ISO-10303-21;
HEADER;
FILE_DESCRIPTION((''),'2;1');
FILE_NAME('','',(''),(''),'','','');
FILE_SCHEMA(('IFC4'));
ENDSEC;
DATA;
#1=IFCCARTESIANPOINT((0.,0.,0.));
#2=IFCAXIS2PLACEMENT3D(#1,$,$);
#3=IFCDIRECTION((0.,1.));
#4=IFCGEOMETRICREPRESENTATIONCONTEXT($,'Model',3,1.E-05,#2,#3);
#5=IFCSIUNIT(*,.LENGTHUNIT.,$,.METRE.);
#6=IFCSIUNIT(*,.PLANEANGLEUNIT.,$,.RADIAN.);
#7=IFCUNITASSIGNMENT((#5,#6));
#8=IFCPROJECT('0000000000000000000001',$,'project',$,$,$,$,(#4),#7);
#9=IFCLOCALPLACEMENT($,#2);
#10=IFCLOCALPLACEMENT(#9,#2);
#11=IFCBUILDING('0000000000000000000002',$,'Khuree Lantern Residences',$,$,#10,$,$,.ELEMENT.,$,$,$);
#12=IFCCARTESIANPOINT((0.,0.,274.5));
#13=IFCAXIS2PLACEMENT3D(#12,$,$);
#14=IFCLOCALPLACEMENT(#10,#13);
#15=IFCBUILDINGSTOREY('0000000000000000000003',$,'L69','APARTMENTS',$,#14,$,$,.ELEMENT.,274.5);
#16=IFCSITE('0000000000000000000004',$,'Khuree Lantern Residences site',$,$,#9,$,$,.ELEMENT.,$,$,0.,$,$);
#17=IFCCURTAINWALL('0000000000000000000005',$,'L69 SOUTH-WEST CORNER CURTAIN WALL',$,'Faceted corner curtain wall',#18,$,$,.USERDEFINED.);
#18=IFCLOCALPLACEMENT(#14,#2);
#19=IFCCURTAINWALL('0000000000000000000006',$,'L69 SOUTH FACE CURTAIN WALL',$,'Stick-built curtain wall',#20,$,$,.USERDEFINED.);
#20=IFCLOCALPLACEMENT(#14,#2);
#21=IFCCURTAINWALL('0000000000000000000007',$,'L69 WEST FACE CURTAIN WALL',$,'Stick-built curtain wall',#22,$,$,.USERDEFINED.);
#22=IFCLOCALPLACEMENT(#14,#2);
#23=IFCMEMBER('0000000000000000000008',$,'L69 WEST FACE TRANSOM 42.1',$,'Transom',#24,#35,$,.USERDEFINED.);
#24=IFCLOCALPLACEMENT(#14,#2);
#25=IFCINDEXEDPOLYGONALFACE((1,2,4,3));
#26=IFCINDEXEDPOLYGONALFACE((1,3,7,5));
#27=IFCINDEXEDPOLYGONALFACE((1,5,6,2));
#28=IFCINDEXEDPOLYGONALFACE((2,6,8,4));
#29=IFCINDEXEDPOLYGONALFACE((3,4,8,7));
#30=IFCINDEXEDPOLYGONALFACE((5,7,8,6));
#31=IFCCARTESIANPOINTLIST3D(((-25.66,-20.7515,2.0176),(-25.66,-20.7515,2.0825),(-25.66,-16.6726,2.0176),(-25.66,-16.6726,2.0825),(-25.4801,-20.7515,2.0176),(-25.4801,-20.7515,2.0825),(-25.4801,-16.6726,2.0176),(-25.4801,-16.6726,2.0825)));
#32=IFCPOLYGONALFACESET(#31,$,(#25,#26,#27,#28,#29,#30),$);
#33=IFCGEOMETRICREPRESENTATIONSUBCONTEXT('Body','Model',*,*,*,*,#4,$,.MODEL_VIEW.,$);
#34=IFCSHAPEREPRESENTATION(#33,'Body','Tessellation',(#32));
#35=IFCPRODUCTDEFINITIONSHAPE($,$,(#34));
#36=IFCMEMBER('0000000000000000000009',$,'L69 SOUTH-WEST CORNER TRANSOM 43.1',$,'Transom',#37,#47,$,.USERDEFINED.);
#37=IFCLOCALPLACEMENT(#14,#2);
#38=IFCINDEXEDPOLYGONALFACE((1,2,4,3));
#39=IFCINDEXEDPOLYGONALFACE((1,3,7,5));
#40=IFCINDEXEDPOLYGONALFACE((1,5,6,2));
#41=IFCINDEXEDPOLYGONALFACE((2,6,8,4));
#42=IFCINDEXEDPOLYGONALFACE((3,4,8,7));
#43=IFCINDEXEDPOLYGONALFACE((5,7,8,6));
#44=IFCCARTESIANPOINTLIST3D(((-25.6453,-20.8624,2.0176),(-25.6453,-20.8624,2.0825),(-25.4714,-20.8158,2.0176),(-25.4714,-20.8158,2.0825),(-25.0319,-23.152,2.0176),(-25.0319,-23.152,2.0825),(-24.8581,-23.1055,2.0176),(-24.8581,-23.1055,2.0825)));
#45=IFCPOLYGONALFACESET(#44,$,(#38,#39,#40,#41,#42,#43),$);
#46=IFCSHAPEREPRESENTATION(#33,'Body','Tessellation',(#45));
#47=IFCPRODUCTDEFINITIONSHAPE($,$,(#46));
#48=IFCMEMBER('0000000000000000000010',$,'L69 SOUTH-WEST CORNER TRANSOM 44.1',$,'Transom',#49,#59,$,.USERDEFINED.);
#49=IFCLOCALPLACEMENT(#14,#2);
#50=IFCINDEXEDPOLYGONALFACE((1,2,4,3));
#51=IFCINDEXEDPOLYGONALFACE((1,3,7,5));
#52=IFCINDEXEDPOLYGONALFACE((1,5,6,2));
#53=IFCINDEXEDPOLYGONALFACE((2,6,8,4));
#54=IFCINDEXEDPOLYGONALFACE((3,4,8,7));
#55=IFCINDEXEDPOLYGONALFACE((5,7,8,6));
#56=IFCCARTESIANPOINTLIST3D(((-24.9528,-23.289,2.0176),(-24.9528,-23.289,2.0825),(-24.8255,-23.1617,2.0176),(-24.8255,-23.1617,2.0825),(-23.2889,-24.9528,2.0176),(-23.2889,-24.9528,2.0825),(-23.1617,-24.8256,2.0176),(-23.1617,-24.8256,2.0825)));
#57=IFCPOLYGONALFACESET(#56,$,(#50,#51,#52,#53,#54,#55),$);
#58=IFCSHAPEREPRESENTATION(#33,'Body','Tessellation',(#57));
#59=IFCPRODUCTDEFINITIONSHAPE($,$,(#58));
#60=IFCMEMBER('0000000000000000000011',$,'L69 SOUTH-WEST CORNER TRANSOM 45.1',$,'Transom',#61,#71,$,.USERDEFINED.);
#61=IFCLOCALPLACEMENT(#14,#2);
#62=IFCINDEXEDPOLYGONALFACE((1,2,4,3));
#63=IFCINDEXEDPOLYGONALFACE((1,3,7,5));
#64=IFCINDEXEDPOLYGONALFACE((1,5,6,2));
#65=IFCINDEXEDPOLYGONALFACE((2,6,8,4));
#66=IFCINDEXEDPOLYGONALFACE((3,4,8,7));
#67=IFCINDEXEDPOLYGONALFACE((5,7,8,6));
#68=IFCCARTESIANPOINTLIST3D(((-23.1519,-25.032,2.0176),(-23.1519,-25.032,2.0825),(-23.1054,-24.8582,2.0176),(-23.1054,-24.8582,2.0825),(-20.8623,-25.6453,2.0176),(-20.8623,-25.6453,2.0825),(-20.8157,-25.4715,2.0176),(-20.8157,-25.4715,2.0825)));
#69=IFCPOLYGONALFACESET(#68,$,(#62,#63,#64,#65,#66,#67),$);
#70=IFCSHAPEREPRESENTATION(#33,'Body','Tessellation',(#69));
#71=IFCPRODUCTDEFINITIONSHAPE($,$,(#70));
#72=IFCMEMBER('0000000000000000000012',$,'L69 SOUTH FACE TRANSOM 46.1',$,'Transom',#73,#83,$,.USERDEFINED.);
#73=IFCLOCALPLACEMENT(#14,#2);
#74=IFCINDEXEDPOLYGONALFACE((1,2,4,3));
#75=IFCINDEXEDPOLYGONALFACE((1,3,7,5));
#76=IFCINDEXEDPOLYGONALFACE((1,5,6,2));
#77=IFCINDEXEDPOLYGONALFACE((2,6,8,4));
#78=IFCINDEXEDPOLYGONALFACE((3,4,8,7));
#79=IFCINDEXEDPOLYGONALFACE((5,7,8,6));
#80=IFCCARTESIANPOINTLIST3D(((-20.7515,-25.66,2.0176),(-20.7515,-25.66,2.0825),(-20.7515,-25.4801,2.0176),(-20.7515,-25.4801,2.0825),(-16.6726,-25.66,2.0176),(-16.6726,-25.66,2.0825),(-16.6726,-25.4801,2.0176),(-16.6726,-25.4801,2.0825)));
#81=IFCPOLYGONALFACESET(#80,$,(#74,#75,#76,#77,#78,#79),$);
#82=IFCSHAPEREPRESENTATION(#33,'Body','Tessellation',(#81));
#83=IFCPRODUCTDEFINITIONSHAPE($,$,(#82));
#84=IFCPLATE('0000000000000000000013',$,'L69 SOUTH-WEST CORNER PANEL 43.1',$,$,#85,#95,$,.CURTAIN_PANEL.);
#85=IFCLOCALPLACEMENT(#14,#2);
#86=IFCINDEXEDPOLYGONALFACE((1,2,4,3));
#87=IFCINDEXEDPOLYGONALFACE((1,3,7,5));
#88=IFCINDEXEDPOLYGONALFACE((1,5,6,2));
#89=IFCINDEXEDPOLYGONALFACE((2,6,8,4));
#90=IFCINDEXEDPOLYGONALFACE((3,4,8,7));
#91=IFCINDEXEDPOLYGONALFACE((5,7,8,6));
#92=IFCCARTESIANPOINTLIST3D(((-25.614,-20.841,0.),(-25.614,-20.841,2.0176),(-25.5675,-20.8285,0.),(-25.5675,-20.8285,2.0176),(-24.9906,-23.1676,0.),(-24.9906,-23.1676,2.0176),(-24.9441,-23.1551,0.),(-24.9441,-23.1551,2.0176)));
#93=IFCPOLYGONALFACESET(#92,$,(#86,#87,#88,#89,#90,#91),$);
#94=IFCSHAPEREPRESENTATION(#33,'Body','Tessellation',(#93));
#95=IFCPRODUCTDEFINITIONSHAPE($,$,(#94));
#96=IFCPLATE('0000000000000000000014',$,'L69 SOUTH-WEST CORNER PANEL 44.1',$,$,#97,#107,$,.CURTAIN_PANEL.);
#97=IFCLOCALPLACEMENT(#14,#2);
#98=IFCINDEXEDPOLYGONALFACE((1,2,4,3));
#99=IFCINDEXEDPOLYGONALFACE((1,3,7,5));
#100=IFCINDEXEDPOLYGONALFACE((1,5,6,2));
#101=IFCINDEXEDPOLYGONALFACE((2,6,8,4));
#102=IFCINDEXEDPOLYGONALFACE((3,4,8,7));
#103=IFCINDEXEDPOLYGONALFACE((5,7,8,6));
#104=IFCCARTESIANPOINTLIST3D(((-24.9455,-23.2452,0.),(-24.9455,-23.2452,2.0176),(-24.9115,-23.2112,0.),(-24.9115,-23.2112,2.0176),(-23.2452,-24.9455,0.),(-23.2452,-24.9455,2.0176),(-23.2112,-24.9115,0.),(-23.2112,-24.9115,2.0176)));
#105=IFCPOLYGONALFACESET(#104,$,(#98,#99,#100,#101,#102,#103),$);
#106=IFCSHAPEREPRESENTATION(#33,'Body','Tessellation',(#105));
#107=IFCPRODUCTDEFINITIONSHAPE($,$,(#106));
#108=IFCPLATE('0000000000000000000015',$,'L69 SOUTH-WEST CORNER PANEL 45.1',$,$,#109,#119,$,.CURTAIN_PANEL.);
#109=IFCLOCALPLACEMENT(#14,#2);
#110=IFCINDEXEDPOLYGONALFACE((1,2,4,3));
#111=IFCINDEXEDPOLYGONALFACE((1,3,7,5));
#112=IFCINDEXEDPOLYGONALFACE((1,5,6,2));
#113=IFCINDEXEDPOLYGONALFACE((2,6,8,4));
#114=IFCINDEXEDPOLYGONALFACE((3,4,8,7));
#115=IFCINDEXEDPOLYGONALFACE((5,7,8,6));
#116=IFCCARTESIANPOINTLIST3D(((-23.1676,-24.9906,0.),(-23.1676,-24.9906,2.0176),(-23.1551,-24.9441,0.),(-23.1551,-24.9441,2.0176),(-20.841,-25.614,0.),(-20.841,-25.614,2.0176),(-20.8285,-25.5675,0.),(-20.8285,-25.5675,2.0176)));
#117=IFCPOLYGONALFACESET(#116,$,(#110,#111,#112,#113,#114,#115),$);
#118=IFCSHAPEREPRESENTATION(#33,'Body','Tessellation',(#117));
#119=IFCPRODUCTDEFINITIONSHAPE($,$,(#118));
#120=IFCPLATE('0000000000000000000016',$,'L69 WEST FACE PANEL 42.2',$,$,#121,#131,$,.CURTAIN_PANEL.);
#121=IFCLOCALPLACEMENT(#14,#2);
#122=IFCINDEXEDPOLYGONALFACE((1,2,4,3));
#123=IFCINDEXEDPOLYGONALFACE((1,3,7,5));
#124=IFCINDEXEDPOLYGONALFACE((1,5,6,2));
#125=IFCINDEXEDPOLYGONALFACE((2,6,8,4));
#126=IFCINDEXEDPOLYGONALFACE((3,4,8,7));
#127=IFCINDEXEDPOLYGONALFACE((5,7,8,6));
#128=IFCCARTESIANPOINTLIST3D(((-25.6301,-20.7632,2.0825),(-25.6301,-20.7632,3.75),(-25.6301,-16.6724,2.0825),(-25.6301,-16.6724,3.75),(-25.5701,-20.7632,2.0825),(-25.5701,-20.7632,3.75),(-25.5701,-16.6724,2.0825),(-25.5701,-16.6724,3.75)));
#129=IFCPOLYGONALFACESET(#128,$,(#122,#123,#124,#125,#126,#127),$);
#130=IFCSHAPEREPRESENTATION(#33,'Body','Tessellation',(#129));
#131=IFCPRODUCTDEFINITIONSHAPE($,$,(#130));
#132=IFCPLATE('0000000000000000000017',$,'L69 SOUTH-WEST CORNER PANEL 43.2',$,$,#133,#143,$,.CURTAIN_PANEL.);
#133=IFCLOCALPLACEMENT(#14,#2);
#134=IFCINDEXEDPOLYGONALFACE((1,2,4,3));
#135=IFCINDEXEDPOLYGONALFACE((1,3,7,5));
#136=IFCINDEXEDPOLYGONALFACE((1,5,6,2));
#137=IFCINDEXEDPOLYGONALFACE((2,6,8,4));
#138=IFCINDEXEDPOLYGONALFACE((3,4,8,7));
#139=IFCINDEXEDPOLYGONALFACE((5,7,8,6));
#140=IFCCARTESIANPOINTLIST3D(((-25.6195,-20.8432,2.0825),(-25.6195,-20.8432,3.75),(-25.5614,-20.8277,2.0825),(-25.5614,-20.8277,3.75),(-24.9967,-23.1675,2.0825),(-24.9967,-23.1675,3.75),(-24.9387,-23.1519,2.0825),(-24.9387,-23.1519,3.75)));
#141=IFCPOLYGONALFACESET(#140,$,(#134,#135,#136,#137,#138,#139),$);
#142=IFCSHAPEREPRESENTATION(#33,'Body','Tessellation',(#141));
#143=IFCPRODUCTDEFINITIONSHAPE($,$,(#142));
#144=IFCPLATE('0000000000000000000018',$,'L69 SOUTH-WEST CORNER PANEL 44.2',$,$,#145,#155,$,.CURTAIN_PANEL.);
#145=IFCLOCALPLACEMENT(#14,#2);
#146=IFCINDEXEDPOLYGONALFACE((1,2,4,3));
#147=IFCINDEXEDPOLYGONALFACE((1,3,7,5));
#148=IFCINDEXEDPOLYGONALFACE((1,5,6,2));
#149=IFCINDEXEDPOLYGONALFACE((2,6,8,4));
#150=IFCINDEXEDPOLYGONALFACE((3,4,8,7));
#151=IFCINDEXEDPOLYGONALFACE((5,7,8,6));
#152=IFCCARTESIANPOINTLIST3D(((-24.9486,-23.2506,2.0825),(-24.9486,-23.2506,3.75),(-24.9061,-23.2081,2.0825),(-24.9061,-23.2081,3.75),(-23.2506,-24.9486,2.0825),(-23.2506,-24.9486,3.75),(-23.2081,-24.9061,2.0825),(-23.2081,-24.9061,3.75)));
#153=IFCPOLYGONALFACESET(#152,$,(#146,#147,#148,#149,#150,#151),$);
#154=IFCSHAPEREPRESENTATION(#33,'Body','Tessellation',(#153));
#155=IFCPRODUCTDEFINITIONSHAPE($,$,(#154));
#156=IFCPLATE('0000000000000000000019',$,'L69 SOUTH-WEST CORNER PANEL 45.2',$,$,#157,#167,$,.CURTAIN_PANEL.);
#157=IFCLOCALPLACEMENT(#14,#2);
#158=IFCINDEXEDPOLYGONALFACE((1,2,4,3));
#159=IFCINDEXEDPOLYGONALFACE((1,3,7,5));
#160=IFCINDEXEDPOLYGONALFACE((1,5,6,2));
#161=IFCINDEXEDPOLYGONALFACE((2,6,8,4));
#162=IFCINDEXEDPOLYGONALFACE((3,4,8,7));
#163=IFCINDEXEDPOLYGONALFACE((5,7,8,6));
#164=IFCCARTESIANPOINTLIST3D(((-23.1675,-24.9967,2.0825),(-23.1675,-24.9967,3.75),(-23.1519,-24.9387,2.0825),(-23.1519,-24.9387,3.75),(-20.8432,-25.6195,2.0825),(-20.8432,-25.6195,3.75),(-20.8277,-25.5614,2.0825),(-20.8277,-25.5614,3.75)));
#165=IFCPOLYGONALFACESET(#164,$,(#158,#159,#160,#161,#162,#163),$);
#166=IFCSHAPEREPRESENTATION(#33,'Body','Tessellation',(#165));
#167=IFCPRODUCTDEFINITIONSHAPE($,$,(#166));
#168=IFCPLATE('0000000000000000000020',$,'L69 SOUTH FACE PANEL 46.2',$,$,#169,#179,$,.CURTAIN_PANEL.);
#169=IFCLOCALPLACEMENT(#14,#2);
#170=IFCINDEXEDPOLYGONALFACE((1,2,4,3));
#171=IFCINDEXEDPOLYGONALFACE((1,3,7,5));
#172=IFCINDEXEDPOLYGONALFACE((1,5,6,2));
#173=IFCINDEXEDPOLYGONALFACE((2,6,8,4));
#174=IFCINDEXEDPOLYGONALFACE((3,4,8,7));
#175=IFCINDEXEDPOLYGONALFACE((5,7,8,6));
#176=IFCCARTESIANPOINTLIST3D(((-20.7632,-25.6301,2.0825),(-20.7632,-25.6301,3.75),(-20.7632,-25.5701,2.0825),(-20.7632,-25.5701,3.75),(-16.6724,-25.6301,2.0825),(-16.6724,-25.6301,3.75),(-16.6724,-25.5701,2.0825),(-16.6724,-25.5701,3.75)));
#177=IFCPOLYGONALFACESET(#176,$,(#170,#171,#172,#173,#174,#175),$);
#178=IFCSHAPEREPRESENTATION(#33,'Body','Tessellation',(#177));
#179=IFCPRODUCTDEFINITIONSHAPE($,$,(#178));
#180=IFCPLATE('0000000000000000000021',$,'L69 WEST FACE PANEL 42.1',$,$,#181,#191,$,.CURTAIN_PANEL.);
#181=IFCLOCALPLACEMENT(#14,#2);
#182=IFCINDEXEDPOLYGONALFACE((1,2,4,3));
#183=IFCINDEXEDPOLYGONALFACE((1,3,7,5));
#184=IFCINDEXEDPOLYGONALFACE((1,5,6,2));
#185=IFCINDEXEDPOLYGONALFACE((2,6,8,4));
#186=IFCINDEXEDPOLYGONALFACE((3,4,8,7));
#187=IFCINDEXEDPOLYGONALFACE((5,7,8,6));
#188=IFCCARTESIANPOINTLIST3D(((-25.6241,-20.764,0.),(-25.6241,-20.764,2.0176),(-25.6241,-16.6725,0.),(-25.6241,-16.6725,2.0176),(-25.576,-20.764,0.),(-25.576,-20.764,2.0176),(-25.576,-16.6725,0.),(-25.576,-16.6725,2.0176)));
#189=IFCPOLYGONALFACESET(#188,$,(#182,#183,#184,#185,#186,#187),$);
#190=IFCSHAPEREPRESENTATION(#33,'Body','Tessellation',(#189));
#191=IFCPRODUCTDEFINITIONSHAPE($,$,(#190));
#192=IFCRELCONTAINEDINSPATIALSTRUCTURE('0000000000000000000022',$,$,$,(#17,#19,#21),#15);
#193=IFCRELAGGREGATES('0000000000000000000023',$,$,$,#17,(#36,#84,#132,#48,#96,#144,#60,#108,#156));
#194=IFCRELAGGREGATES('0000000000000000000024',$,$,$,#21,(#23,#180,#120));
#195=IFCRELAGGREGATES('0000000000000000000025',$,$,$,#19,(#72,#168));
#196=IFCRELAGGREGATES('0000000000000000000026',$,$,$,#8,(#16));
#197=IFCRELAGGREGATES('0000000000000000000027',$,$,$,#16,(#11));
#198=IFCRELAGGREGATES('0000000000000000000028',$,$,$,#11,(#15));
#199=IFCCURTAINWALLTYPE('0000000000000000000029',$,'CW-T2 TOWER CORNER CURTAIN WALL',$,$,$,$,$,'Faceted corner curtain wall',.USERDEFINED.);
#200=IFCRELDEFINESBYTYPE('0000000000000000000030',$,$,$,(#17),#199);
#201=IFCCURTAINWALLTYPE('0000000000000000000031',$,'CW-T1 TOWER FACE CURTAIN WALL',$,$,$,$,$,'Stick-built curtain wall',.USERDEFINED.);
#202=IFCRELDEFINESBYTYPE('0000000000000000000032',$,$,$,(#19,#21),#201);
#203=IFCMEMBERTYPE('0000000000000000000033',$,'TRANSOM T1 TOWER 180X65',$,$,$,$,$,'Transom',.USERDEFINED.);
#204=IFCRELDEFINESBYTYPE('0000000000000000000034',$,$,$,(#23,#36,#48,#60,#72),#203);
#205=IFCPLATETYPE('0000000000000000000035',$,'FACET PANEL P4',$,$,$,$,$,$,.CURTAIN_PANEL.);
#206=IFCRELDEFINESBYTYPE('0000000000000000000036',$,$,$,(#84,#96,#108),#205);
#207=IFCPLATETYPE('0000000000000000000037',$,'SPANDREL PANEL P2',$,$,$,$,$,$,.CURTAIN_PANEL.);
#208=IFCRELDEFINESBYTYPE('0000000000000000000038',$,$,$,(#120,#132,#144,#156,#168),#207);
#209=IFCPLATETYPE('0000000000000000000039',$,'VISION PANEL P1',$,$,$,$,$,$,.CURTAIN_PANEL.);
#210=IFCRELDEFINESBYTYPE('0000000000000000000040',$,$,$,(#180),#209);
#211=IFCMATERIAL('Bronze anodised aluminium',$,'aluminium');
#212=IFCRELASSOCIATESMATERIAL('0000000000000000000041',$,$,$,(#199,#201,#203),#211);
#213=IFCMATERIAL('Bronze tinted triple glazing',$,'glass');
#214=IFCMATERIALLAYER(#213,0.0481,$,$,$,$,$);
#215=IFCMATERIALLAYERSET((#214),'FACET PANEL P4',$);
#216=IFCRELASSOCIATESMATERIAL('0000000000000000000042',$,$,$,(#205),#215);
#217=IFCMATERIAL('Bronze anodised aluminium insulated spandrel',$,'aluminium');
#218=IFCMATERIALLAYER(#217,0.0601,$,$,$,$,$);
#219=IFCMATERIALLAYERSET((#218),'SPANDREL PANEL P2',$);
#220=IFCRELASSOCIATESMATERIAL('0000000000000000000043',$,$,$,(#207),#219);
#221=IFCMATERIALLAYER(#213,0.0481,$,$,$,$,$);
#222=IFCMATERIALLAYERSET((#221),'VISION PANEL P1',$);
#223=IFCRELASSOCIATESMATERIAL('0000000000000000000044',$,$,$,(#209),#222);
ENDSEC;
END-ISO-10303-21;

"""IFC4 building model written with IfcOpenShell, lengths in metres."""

from ifc_helpers import new_model, si_unit, direction, frame, origin, origin_2d, place, context, subcontext, project, spatial, rectangle, extrude, material, layer, layer_set, material_profile, profile_set, type_object, element, aggregate, save


model = new_model("IFC4")

# Units and contexts
model_context = context("Model", 3, precision=1e-05, world=origin(), true_north=direction((0.0, 1.0)))
body_context = subcontext(model_context, "Body", "Model", "MODEL_VIEW")
ifc_project = project(units=[si_unit("LENGTHUNIT", "METRE"), si_unit("PLANEANGLEUNIT", "RADIAN")], contexts=[model_context])

# Site, building, storey
site_placement = place(None, origin())
site = spatial("IfcSite", under=ifc_project, at=site_placement, Name="Khuree Lantern Residences site", CompositionType="ELEMENT", RefElevation=0.0)
building_placement = place(site_placement, origin())
building = spatial("IfcBuilding", under=site, at=building_placement, Name="Khuree Lantern Residences", CompositionType="ELEMENT")
storey_placement = place(building_placement, frame((0.0, 0.0, 274.5)))
storey = spatial("IfcBuildingStorey", under=building, at=storey_placement, Name="L69", Description="APARTMENTS", CompositionType="ELEMENT", Elevation=274.5)

# Curtain walls
ifc_material_1 = material(Name="Bronze anodised aluminium", Category="aluminium")
curtain_wall_type_1 = type_object("IfcCurtainWallType", Name="CW-T2 TOWER CORNER CURTAIN WALL", ElementType="Faceted corner curtain wall", PredefinedType="USERDEFINED", material=ifc_material_1)
curtain_wall_1_placement = place(storey_placement, origin())
curtain_wall_1 = element("IfcCurtainWall", 1, at=curtain_wall_1_placement, inside=storey, type_object=curtain_wall_type_1, Name="L69 SOUTH-WEST CORNER CURTAIN WALL", ObjectType="Faceted corner curtain wall", PredefinedType="USERDEFINED")
curtain_wall_type_2 = type_object("IfcCurtainWallType", Name="CW-T1 TOWER FACE CURTAIN WALL", ElementType="Stick-built curtain wall", PredefinedType="USERDEFINED", material=ifc_material_1)
curtain_wall_2_placement = place(storey_placement, origin())
curtain_wall_2 = element("IfcCurtainWall", 2, at=curtain_wall_2_placement, inside=storey, type_object=curtain_wall_type_2, Name="L69 SOUTH FACE CURTAIN WALL", ObjectType="Stick-built curtain wall", PredefinedType="USERDEFINED")

# Curtain wall
curtain_wall_3_placement = place(storey_placement, origin())
curtain_wall_3 = element("IfcCurtainWall", 3, at=curtain_wall_3_placement, inside=storey, type_object=curtain_wall_type_2, Name="L69 WEST FACE CURTAIN WALL", ObjectType="Stick-built curtain wall", PredefinedType="USERDEFINED")

# Members
ifc_material_profile_1 = material_profile(ifc_material_1, rectangle(XDim=0.1799, YDim=0.0649, at=origin_2d()), Name="T1 180X65")
ifc_profile_set_1 = profile_set([ifc_material_profile_1], Name="Bronze anodised aluminium")
member_type_1 = type_object("IfcMemberType", Name="TRANSOM T1 TOWER 180X65", ElementType="Transom", PredefinedType="USERDEFINED", material=ifc_profile_set_1)
member_1_placement = place(storey_placement, frame((-25.5701, -16.6726, 2.05), z_axis=(0.0, -1.0, 0.0), x_axis=(1.0, 0.0, 0.0)))
member_1 = element("IfcMember", 4, at=member_1_placement, type_object=member_type_1, Name="L69 WEST FACE TRANSOM 42.1", ObjectType="Transom", PredefinedType="USERDEFINED", context=body_context, shape_type="SweptSolid", body=[
    extrude(rectangle(XDim=0.1799, YDim=0.0649, at=origin_2d()), origin(), (0.0, 0.0, 1.0), 4.0789),
])
member_2_placement = place(storey_placement, frame((-25.5583, -20.8391, 2.05), z_axis=(0.25874, -0.965947, 0.0), x_axis=(0.965947, 0.25874, 0.0)))
member_2 = element("IfcMember", 5, at=member_2_placement, type_object=member_type_1, Name="L69 SOUTH-WEST CORNER TRANSOM 43.1", ObjectType="Transom", PredefinedType="USERDEFINED", context=body_context, shape_type="SweptSolid", body=[
    extrude(rectangle(XDim=0.1799, YDim=0.0649, at=origin_2d()), origin(), (0.0, 0.0, 1.0), 2.3704),
])
member_3_placement = place(storey_placement, frame((-24.8892, -23.2253, 2.05), z_axis=(0.707107, -0.707107, 0.0), x_axis=(0.707107, 0.707107, 0.0)))
member_3 = element("IfcMember", 6, at=member_3_placement, type_object=member_type_1, Name="L69 SOUTH-WEST CORNER TRANSOM 44.1", ObjectType="Transom", PredefinedType="USERDEFINED", context=body_context, shape_type="SweptSolid", body=[
    extrude(rectangle(XDim=0.1799, YDim=0.0649, at=origin_2d()), origin(), (0.0, 0.0, 1.0), 2.353),
])
member_4_placement = place(storey_placement, frame((-23.1287, -24.9451, 2.05), z_axis=(0.965947, -0.25874, 0.0), x_axis=(0.25874, 0.965947, 0.0)))
member_4 = element("IfcMember", 7, at=member_4_placement, type_object=member_type_1, Name="L69 SOUTH-WEST CORNER TRANSOM 45.1", ObjectType="Transom", PredefinedType="USERDEFINED", context=body_context, shape_type="SweptSolid", body=[
    extrude(rectangle(XDim=0.1799, YDim=0.0649, at=origin_2d()), origin(), (0.0, 0.0, 1.0), 2.3704),
])
member_5_placement = place(storey_placement, frame((-20.7515, -25.5701, 2.05), z_axis=(1.0, 0.0, 0.0), x_axis=(0.0, 1.0, 0.0)))
member_5 = element("IfcMember", 8, at=member_5_placement, type_object=member_type_1, Name="L69 SOUTH FACE TRANSOM 46.1", ObjectType="Transom", PredefinedType="USERDEFINED", context=body_context, shape_type="SweptSolid", body=[
    extrude(rectangle(XDim=0.1799, YDim=0.0649, at=origin_2d()), origin(), (0.0, 0.0, 1.0), 4.0789),
])

# Plates
ifc_material_2 = material(Name="Bronze tinted triple glazing", Category="glass")
ifc_layer_1 = layer(ifc_material_2, 0.0481)
ifc_layer_set_1 = layer_set([ifc_layer_1], Name="FACET PANEL P4")
plate_type_1 = type_object("IfcPlateType", Name="FACET PANEL P4", PredefinedType="CURTAIN_PANEL", material=ifc_layer_set_1)
plate_1_placement = place(storey_placement, frame((-25.2791, -21.998, 0.0), z_axis=(0.0, 0.0, 1.0), x_axis=(0.258819, -0.965926, 0.0)))
plate_1 = element("IfcPlate", 9, at=plate_1_placement, type_object=plate_type_1, Name="L69 SOUTH-WEST CORNER PANEL 43.1", PredefinedType="CURTAIN_PANEL", context=body_context, shape_type="SweptSolid", body=[
    extrude(rectangle(XDim=2.4087, YDim=0.0481, at=origin_2d()), origin(), (0.0, 0.0, 1.0), 2.0176),
])
plate_2_placement = place(storey_placement, frame((-24.0784, -24.0784, 0.0), z_axis=(0.0, 0.0, 1.0), x_axis=(0.707107, -0.707107, 0.0)))
plate_2 = element("IfcPlate", 10, at=plate_2_placement, type_object=plate_type_1, Name="L69 SOUTH-WEST CORNER PANEL 44.1", PredefinedType="CURTAIN_PANEL", context=body_context, shape_type="SweptSolid", body=[
    extrude(rectangle(XDim=2.4045, YDim=0.0481, at=origin_2d()), origin(), (0.0, 0.0, 1.0), 2.0176),
])
plate_3_placement = place(storey_placement, frame((-21.998, -25.2791, 0.0), z_axis=(0.0, 0.0, 1.0), x_axis=(0.965926, -0.258819, 0.0)))
plate_3 = element("IfcPlate", 11, at=plate_3_placement, type_object=plate_type_1, Name="L69 SOUTH-WEST CORNER PANEL 45.1", PredefinedType="CURTAIN_PANEL", context=body_context, shape_type="SweptSolid", body=[
    extrude(rectangle(XDim=2.4087, YDim=0.0481, at=origin_2d()), origin(), (0.0, 0.0, 1.0), 2.0176),
])
ifc_material_3 = material(Name="Bronze anodised aluminium insulated spandrel", Category="aluminium")
ifc_layer_2 = layer(ifc_material_3, 0.0601)
ifc_layer_set_2 = layer_set([ifc_layer_2], Name="SPANDREL PANEL P2")
plate_type_2 = type_object("IfcPlateType", Name="SPANDREL PANEL P2", PredefinedType="CURTAIN_PANEL", material=ifc_layer_set_2)
plate_4_placement = place(storey_placement, frame((-25.6001, -18.7178, 2.0825), z_axis=(0.0, 0.0, 1.0), x_axis=(0.0, -1.0, 0.0)))
plate_4 = element("IfcPlate", 12, at=plate_4_placement, type_object=plate_type_2, Name="L69 WEST FACE PANEL 42.2", PredefinedType="CURTAIN_PANEL", context=body_context, shape_type="SweptSolid", body=[
    extrude(rectangle(XDim=4.0908, YDim=0.0601, at=origin_2d()), origin(), (0.0, 0.0, 1.0), 1.6675),
])
plate_5_placement = place(storey_placement, frame((-25.2791, -21.9976, 2.0825), z_axis=(0.0, 0.0, 1.0), x_axis=(0.258819, -0.965926, 0.0)))
plate_5 = element("IfcPlate", 13, at=plate_5_placement, type_object=plate_type_2, Name="L69 SOUTH-WEST CORNER PANEL 43.2", PredefinedType="CURTAIN_PANEL", context=body_context, shape_type="SweptSolid", body=[
    extrude(rectangle(XDim=2.4062, YDim=0.0601, at=origin_2d()), origin(), (0.0, 0.0, 1.0), 1.6675),
])
plate_6_placement = place(storey_placement, frame((-24.0784, -24.0784, 2.0825), z_axis=(0.0, 0.0, 1.0), x_axis=(0.707107, -0.707107, 0.0)))
plate_6 = element("IfcPlate", 14, at=plate_6_placement, type_object=plate_type_2, Name="L69 SOUTH-WEST CORNER PANEL 44.2", PredefinedType="CURTAIN_PANEL", context=body_context, shape_type="SweptSolid", body=[
    extrude(rectangle(XDim=2.4014, YDim=0.0601, at=origin_2d()), origin(), (0.0, 0.0, 1.0), 1.6675),
])
plate_7_placement = place(storey_placement, frame((-21.9976, -25.2791, 2.0825), z_axis=(0.0, 0.0, 1.0), x_axis=(0.965926, -0.258819, 0.0)))
plate_7 = element("IfcPlate", 15, at=plate_7_placement, type_object=plate_type_2, Name="L69 SOUTH-WEST CORNER PANEL 45.2", PredefinedType="CURTAIN_PANEL", context=body_context, shape_type="SweptSolid", body=[
    extrude(rectangle(XDim=2.4062, YDim=0.0601, at=origin_2d()), origin(), (0.0, 0.0, 1.0), 1.6675),
])
aggregate(curtain_wall_1, [member_2, plate_1, plate_5, member_3, plate_2, plate_6, member_4, plate_3, plate_7])
plate_8_placement = place(storey_placement, frame((-18.7178, -25.6001, 2.0825), z_axis=(0.0, 0.0, 1.0), x_axis=(1.0, 0.0, 0.0)))
plate_8 = element("IfcPlate", 16, at=plate_8_placement, type_object=plate_type_2, Name="L69 SOUTH FACE PANEL 46.2", PredefinedType="CURTAIN_PANEL", context=body_context, shape_type="SweptSolid", body=[
    extrude(rectangle(XDim=4.0908, YDim=0.0601, at=origin_2d()), origin(), (0.0, 0.0, 1.0), 1.6675),
])
ifc_layer_3 = layer(ifc_material_2, 0.0481)
ifc_layer_set_3 = layer_set([ifc_layer_3], Name="VISION PANEL P1")
plate_type_3 = type_object("IfcPlateType", Name="VISION PANEL P1", PredefinedType="CURTAIN_PANEL", material=ifc_layer_set_3)
plate_9_placement = place(storey_placement, frame((-25.6001, -18.7183, 0.0), z_axis=(0.0, 0.0, 1.0), x_axis=(0.0, -1.0, 0.0)))
plate_9 = element("IfcPlate", 17, at=plate_9_placement, type_object=plate_type_3, Name="L69 WEST FACE PANEL 42.1", PredefinedType="CURTAIN_PANEL", context=body_context, shape_type="SweptSolid", body=[
    extrude(rectangle(XDim=4.0916, YDim=0.0481, at=origin_2d()), origin(), (0.0, 0.0, 1.0), 2.0176),
])
aggregate(curtain_wall_3, [member_1, plate_9, plate_4])
aggregate(curtain_wall_2, [member_5, plate_8])

save(model, "model.ifc")
